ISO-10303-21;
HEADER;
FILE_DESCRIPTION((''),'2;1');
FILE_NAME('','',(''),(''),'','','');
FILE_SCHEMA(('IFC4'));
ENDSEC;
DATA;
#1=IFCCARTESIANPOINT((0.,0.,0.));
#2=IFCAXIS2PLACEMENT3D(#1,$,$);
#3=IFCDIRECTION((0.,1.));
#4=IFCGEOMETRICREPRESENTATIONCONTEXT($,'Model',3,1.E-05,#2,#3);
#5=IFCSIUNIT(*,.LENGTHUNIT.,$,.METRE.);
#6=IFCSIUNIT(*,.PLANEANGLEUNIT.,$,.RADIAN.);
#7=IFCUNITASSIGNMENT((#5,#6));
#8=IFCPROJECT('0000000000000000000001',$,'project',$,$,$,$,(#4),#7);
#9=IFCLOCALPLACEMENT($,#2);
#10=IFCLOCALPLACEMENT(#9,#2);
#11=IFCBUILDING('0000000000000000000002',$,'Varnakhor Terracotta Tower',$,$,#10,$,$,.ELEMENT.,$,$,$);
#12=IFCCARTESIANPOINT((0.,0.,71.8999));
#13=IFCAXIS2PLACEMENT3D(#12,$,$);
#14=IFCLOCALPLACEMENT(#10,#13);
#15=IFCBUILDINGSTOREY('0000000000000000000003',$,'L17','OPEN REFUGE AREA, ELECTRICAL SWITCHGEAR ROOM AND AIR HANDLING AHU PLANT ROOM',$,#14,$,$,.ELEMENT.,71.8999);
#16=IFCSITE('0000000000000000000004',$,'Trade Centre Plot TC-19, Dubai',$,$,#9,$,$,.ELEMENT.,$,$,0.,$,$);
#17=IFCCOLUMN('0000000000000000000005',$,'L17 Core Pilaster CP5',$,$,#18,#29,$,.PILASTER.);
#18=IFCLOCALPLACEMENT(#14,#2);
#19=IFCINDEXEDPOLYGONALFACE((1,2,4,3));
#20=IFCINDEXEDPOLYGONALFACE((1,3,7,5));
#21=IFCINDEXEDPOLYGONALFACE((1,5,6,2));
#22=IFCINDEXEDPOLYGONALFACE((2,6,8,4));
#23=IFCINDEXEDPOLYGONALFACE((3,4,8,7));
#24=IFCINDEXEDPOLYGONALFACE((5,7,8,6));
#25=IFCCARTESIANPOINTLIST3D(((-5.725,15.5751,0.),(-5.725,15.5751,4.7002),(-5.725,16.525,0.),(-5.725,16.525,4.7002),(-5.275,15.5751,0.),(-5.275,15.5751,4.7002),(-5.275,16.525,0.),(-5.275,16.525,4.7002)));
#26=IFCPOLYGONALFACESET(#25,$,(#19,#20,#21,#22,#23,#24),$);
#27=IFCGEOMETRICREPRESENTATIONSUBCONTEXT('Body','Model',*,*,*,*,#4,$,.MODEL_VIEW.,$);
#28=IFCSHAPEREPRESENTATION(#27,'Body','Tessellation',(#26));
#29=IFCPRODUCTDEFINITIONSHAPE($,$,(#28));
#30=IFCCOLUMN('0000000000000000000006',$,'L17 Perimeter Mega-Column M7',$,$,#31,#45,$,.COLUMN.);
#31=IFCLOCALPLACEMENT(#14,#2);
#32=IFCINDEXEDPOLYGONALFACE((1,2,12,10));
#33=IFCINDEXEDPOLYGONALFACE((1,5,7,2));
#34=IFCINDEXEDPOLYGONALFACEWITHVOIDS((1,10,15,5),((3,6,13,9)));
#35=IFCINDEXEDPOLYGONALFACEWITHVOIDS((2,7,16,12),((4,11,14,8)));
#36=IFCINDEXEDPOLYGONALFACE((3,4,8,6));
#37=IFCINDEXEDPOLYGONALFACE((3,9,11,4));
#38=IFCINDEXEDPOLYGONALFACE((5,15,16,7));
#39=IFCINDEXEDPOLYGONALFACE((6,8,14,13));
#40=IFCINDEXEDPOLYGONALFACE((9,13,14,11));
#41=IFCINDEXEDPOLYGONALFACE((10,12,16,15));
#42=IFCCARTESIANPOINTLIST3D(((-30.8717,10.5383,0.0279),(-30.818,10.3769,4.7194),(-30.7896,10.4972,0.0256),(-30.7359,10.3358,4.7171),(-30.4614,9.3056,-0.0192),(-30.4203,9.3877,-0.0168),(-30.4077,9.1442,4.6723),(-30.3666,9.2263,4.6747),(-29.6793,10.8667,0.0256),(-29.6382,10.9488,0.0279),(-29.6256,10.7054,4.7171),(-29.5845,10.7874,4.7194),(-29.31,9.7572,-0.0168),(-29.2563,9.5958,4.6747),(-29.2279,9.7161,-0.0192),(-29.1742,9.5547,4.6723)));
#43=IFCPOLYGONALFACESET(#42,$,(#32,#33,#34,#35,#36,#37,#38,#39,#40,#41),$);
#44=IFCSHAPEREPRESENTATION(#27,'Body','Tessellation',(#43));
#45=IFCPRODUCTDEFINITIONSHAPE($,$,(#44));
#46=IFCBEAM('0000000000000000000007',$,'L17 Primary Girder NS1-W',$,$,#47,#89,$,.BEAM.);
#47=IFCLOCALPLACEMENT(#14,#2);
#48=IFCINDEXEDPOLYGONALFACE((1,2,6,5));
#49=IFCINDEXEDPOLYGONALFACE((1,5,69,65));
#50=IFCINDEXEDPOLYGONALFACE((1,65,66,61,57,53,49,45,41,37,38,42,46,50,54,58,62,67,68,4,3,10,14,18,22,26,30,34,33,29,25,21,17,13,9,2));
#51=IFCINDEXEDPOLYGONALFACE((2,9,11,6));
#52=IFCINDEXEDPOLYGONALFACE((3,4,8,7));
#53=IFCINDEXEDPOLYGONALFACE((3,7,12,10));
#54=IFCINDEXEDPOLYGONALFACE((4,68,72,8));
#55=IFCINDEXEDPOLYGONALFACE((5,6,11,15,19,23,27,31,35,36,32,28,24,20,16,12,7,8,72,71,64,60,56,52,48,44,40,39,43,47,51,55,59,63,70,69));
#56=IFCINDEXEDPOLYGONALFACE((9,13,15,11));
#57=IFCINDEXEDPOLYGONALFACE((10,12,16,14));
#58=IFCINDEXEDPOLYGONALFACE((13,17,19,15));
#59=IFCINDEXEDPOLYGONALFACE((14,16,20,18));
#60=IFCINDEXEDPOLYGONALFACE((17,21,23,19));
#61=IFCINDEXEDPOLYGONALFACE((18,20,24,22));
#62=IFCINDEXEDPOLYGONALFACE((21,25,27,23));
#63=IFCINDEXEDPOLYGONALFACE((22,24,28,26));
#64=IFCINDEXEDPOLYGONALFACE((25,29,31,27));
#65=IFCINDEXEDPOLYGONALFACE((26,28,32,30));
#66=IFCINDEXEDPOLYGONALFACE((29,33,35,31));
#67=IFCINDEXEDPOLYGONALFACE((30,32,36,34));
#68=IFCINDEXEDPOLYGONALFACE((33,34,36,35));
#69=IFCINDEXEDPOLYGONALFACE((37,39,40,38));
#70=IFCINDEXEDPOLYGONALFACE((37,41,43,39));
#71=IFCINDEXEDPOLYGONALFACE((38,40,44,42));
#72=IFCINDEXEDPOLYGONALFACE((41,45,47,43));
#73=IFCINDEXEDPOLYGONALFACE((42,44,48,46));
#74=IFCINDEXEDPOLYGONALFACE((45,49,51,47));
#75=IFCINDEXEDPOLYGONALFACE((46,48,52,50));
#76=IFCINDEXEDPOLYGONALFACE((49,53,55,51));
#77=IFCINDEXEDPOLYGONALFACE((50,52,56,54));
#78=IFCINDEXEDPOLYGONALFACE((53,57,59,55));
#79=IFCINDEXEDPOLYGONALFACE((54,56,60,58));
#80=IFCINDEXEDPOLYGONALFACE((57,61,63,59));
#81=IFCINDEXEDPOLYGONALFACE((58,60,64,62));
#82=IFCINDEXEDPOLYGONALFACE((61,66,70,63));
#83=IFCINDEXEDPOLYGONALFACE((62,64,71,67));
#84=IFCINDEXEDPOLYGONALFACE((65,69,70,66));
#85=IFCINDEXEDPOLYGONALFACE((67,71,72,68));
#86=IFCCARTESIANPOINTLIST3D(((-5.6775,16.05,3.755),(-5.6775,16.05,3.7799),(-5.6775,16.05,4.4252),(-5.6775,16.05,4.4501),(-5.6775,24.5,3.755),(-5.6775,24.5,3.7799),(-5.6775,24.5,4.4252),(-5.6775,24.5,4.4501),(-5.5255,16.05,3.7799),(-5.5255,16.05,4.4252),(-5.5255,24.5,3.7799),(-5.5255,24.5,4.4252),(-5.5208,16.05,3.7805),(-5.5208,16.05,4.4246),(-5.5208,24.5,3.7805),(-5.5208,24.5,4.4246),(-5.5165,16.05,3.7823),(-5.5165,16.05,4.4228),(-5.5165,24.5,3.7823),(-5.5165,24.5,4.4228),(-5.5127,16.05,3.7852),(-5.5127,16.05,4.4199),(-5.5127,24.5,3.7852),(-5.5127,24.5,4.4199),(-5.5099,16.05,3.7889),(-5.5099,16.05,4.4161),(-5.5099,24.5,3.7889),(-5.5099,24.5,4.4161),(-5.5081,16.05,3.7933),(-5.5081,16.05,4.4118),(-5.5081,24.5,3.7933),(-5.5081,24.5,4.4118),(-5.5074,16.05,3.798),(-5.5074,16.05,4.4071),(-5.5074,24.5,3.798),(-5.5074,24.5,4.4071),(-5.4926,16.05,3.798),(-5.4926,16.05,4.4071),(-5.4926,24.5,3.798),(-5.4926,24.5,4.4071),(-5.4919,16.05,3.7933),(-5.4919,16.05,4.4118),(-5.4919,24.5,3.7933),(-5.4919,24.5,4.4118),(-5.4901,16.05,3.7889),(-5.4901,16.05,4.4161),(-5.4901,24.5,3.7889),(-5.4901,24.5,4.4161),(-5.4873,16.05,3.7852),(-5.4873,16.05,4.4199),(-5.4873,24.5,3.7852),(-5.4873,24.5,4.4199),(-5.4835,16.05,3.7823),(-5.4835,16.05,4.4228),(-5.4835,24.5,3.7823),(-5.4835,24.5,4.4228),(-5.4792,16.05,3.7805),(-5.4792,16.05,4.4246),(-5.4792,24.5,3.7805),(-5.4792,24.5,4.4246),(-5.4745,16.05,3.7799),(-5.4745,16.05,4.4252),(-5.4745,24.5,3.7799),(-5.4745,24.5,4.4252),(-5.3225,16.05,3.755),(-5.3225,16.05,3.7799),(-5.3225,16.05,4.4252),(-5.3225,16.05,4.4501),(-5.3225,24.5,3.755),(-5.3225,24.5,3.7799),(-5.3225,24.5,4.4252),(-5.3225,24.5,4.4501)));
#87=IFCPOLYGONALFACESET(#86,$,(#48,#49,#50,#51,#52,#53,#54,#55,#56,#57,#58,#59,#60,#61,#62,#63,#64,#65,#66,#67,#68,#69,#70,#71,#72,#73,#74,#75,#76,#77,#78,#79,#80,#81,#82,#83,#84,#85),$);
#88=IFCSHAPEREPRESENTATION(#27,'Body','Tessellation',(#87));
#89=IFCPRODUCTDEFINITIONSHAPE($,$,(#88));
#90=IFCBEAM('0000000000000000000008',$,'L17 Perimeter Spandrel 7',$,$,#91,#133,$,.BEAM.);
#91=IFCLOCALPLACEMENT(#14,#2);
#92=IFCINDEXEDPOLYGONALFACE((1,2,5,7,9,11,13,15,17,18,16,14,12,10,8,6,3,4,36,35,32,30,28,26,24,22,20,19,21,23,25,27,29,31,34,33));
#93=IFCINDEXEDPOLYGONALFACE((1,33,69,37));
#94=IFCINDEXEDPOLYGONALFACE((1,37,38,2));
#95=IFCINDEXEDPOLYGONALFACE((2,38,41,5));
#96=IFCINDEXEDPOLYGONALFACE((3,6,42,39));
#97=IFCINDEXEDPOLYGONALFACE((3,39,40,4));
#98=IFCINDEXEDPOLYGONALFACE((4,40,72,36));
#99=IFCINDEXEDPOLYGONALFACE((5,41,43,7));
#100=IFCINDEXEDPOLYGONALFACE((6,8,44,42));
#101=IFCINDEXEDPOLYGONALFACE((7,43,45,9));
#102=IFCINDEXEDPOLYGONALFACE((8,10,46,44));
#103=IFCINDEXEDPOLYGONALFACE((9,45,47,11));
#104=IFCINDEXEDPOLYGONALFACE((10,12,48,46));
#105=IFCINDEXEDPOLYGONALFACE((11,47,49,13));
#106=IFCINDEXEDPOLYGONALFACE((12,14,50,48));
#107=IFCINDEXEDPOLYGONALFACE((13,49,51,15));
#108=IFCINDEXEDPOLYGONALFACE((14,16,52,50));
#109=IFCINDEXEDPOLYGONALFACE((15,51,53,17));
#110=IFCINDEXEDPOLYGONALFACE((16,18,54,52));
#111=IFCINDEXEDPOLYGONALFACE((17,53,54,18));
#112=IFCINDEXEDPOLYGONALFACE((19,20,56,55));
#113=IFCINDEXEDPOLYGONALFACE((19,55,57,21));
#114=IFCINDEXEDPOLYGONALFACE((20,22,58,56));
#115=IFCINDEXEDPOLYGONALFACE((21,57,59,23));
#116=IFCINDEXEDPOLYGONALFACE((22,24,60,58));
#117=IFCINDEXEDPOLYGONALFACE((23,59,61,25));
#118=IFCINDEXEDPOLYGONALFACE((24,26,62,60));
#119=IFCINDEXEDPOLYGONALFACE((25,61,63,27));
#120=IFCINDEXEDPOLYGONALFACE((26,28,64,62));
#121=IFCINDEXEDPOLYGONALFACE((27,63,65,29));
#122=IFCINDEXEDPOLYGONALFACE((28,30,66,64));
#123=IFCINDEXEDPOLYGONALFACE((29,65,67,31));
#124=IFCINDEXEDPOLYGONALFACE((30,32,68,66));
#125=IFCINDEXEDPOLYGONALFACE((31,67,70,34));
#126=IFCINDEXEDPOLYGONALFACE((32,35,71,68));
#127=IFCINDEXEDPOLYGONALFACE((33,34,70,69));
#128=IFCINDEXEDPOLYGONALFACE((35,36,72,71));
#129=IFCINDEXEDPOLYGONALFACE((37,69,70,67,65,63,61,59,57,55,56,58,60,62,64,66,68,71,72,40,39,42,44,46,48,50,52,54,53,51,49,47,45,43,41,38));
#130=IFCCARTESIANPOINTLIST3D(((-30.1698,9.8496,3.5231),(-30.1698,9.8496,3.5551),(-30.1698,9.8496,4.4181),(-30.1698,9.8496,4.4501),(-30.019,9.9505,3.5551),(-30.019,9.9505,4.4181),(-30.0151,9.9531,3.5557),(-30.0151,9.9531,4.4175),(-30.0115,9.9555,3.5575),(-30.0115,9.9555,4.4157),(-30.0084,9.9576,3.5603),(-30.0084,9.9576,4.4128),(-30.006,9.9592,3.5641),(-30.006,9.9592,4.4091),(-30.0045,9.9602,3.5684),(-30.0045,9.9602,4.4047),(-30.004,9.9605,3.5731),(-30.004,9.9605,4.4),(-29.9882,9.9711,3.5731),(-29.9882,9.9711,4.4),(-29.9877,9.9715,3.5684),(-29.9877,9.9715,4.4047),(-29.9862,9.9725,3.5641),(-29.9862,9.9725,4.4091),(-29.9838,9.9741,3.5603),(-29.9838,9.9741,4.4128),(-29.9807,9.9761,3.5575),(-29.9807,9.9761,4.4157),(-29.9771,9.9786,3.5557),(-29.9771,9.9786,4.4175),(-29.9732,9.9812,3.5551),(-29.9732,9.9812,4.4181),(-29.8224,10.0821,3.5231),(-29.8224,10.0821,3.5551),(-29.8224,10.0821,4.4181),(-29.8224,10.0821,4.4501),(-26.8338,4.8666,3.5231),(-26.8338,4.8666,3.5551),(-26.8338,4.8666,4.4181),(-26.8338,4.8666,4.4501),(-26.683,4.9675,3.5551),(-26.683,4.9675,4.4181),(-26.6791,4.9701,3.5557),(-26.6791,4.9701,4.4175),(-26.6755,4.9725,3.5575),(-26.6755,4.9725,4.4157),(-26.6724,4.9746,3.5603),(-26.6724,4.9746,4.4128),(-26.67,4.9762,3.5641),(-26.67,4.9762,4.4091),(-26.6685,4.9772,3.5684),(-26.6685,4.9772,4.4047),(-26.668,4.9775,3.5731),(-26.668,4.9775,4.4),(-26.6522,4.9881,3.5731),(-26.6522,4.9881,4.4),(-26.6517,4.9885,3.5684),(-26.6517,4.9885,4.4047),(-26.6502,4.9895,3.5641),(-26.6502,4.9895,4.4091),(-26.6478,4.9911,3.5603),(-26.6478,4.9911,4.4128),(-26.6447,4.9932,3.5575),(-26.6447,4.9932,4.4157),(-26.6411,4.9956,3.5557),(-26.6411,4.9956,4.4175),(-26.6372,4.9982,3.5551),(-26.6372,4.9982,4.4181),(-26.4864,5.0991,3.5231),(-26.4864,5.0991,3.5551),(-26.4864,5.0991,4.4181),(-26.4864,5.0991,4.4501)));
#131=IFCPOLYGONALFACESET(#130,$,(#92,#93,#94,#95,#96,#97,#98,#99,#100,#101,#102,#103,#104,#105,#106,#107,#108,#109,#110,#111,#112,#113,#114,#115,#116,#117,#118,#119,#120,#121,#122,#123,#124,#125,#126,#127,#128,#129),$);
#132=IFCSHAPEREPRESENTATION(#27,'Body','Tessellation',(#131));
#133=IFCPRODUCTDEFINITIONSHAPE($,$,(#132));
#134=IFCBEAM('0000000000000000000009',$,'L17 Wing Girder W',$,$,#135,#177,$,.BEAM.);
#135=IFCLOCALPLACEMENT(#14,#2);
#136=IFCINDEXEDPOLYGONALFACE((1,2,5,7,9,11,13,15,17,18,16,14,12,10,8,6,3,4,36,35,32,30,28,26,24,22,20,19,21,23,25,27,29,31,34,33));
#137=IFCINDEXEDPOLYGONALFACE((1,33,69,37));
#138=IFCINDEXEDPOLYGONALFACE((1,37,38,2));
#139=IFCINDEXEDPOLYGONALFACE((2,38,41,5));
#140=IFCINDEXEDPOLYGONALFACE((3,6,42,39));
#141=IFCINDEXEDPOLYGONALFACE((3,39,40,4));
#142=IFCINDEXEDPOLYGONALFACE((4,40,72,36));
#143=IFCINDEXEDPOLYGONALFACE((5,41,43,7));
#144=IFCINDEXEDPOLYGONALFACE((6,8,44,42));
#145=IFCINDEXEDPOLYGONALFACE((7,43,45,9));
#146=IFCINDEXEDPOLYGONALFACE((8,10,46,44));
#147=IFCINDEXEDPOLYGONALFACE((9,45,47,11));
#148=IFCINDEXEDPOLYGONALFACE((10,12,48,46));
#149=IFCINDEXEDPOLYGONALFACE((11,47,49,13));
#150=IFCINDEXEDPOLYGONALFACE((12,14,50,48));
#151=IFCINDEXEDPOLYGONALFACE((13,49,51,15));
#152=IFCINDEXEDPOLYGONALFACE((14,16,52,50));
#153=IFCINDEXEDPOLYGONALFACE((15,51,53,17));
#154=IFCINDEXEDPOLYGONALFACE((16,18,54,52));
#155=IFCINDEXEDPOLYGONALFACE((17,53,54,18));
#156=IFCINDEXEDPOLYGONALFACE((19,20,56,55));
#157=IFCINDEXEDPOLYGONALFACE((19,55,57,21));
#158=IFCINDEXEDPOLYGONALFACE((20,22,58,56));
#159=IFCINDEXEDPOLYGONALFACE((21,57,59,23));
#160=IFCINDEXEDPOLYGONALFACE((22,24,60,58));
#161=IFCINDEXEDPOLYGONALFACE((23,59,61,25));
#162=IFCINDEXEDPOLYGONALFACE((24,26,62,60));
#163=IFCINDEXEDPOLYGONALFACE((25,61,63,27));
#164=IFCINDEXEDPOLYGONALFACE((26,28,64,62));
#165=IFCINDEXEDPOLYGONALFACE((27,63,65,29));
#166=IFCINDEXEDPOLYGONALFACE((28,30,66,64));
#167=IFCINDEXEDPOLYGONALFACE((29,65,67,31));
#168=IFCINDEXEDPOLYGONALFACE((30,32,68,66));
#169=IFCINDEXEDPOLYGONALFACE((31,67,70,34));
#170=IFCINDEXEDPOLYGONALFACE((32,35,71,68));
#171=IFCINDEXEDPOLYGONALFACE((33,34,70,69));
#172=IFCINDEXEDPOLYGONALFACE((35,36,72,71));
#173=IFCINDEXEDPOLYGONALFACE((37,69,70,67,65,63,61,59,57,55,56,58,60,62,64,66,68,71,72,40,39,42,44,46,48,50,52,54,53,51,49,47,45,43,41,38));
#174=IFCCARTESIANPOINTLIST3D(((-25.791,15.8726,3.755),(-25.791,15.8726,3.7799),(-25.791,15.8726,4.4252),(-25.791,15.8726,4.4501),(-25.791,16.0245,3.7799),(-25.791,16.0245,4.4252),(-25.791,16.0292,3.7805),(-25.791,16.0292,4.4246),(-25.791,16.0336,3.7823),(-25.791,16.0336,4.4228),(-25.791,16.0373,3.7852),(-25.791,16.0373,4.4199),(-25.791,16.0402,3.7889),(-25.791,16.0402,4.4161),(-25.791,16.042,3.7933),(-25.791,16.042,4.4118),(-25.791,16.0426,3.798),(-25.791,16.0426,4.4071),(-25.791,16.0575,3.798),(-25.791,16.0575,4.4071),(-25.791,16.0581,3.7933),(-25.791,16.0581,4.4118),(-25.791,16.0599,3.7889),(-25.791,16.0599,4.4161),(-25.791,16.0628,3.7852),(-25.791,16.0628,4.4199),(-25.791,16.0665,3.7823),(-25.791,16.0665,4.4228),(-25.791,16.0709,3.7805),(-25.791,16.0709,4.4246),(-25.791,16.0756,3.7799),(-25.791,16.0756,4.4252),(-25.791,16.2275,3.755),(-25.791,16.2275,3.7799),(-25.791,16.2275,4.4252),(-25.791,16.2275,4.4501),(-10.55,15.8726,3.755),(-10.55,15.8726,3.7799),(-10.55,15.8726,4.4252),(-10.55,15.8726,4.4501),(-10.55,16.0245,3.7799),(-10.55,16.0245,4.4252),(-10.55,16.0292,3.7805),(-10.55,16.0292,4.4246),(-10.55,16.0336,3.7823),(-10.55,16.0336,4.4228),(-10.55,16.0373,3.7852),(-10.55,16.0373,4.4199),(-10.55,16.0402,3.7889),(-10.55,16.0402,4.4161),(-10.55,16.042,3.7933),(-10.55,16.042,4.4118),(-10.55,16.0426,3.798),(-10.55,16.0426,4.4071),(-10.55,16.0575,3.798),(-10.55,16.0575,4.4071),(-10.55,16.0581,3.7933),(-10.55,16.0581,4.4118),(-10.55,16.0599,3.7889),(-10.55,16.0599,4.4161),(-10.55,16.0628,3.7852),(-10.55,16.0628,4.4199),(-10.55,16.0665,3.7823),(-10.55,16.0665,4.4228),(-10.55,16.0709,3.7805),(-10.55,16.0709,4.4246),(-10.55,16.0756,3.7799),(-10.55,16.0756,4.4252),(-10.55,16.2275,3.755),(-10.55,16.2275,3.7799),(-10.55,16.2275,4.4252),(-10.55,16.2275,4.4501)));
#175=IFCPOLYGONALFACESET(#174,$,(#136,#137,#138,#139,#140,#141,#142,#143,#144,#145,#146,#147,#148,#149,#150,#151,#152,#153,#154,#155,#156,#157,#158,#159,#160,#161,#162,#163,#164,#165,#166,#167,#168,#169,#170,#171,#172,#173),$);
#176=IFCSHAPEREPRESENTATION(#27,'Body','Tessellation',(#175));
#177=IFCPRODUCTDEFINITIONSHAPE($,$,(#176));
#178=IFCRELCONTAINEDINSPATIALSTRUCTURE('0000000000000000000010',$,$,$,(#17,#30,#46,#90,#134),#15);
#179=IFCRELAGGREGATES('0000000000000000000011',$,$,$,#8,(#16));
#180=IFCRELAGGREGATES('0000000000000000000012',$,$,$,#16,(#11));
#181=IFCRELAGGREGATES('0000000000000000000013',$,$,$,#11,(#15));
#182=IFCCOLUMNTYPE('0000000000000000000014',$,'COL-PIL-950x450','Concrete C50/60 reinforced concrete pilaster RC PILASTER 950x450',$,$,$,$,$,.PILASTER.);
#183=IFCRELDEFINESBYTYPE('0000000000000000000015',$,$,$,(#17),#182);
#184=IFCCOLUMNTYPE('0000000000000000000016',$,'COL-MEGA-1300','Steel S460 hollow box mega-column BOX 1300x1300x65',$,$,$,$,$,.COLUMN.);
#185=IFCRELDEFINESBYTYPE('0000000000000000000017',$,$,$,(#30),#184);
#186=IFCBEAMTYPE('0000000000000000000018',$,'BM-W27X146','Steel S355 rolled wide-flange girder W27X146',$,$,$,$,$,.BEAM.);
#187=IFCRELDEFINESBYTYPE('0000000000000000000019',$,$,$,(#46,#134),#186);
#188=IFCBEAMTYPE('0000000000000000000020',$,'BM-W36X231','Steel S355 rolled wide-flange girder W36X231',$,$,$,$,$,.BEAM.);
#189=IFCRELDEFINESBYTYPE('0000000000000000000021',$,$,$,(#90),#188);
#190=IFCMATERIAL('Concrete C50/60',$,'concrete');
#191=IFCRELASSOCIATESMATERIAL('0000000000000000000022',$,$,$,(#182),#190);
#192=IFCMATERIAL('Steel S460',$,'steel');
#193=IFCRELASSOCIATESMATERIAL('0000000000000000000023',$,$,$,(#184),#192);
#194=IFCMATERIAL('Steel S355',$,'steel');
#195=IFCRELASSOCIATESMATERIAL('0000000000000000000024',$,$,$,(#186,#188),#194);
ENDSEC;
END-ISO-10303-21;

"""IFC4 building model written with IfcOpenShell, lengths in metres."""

from ifc_helpers import new_model, si_unit, direction, frame, origin, origin_2d, place, context, subcontext, project, spatial, rectangle, hollow_rectangle, i_section, extrude, source, transform, mapped, material, material_profile, profile_set, type_object, type_shapes, element, save


model = new_model("IFC4")

# Units and contexts
model_context = context("Model", 3, precision=1e-05, world=origin(), true_north=direction((0.0, 1.0)))
body_context = subcontext(model_context, "Body", "Model", "MODEL_VIEW")
ifc_project = project(units=[si_unit("LENGTHUNIT", "METRE"), si_unit("PLANEANGLEUNIT", "RADIAN")], contexts=[model_context])

# Site, building, storey
site_placement = place(None, origin())
site = spatial("IfcSite", under=ifc_project, at=site_placement, Name="Trade Centre Plot TC-19, Dubai", CompositionType="ELEMENT", RefElevation=0.0)
building_placement = place(site_placement, origin())
building = spatial("IfcBuilding", under=site, at=building_placement, Name="Varnakhor Terracotta Tower", CompositionType="ELEMENT")
storey_placement = place(building_placement, frame((0.0, 0.0, 71.8999)))
storey = spatial("IfcBuildingStorey", under=building, at=storey_placement, Name="L17", Description="OPEN REFUGE AREA, ELECTRICAL SWITCHGEAR ROOM AND AIR HANDLING AHU PLANT ROOM", CompositionType="ELEMENT", Elevation=71.8999)

# Columns
ifc_material_1 = material(Name="Concrete C50/60", Category="concrete")
ifc_material_profile_1 = material_profile(ifc_material_1, rectangle(XDim=0.45, YDim=0.95, at=origin_2d()), Name="RC PILASTER 950x450")
ifc_profile_set_1 = profile_set([ifc_material_profile_1], Name="Concrete C50/60")
column_type_1 = type_object("IfcColumnType", Name="COL-PIL-950x450", Description="Concrete C50/60 reinforced concrete pilaster RC PILASTER 950x450", PredefinedType="PILASTER", material=ifc_profile_set_1)
shared_shape_1 = source(origin(), body_context, "Body", "SweptSolid", [
    extrude(rectangle(XDim=0.45, YDim=0.95, at=origin_2d()), origin(), (0.0, 0.0, 1.0), 4.7002),
])
column_1_placement = place(storey_placement, frame((-5.5, 16.05, 0.0), z_axis=(0.0, 0.0, 1.0), x_axis=(1.0, 0.0, 0.0)))
element("IfcColumn", 1, at=column_1_placement, inside=storey, type_object=column_type_1, Name="L17 Core Pilaster CP5", PredefinedType="PILASTER", context=body_context, shape_type="MappedRepresentation", body=[
    mapped(shared_shape_1, transform((0.0, 0.0, 0.0), scale=1.0)),
])
ifc_material_2 = material(Name="Steel S460", Category="steel")
ifc_material_profile_2 = material_profile(ifc_material_2, hollow_rectangle(XDim=1.3, YDim=1.3, WallThickness=0.0649, at=origin_2d()), Name="BOX 1300x1300x65")
ifc_profile_set_2 = profile_set([ifc_material_profile_2], Name="Steel S460")
column_type_2 = type_object("IfcColumnType", Name="COL-MEGA-1300", Description="Steel S460 hollow box mega-column BOX 1300x1300x65", PredefinedType="COLUMN", material=ifc_profile_set_2)
shared_shape_2 = source(origin(), body_context, "Body", "SweptSolid", [
    extrude(hollow_rectangle(XDim=1.3, YDim=1.3, WallThickness=0.0649, at=origin_2d()), origin(), (0.0, 0.0, 1.0), 4.6946),
])
column_2_placement = place(storey_placement, frame((-30.0498, 10.1272, 0.0044), z_axis=(0.011441, -0.034376, 0.999343), x_axis=(0.948827, 0.315797, 0.0)))
element("IfcColumn", 2, at=column_2_placement, inside=storey, type_object=column_type_2, Name="L17 Perimeter Mega-Column M7", PredefinedType="COLUMN", context=body_context, shape_type="MappedRepresentation", body=[
    mapped(shared_shape_2, transform((0.0, 0.0, 0.0), scale=1.0)),
])

# Beams
ifc_material_3 = material(Name="Steel S355", Category="steel")
ifc_material_profile_3 = material_profile(ifc_material_3, i_section(OverallWidth=0.355, OverallDepth=0.6951, WebThickness=0.0149, FlangeThickness=0.0249, FilletRadius=0.0181, at=origin_2d()), Name="W27X146")
ifc_profile_set_3 = profile_set([ifc_material_profile_3], Name="Steel S355")
beam_type_1 = type_object("IfcBeamType", Name="BM-W27X146", Description="Steel S355 rolled wide-flange girder W27X146", PredefinedType="BEAM", material=ifc_profile_set_3)
shared_shape_3 = source(origin(), body_context, "Body", "SweptSolid", [
    extrude(i_section(OverallWidth=0.355, OverallDepth=0.6951, WebThickness=0.0149, FlangeThickness=0.0249, FilletRadius=0.0181, at=origin_2d()), origin(), (0.0, 0.0, 1.0), 8.45),
])
type_shapes(beam_type_1, [shared_shape_3])
beam_1_placement = place(storey_placement, frame((-5.5, 16.05, 4.1025), z_axis=(0.0, 1.0, 0.0), x_axis=(-1.0, 0.0, 0.0)))
element("IfcBeam", 3, at=beam_1_placement, inside=storey, type_object=beam_type_1, Name="L17 Primary Girder NS1-W", PredefinedType="BEAM", context=body_context, shape_type="MappedRepresentation", body=[
    mapped(shared_shape_3, transform((0.0, 0.0, 0.0), scale=1.0)),
])
ifc_material_profile_4 = material_profile(ifc_material_3, i_section(OverallWidth=0.418, OverallDepth=0.927, WebThickness=0.019, FlangeThickness=0.032, FilletRadius=0.0181, at=origin_2d()), Name="W36X231")
ifc_profile_set_4 = profile_set([ifc_material_profile_4], Name="Steel S355")
beam_type_2 = type_object("IfcBeamType", Name="BM-W36X231", Description="Steel S355 rolled wide-flange girder W36X231", PredefinedType="BEAM", material=ifc_profile_set_4)
shared_shape_4 = source(origin(), body_context, "Body", "SweptSolid", [
    extrude(i_section(OverallWidth=0.418, OverallDepth=0.927, WebThickness=0.019, FlangeThickness=0.032, FilletRadius=0.0181, at=origin_2d()), origin(), (0.0, 0.0, 1.0), 5.9966),
])
beam_2_placement = place(storey_placement, frame((-29.9961, 9.9658, 3.9866), z_axis=(0.556315, -0.830971, 0.0), x_axis=(0.830971, 0.556315, 0.0)))
element("IfcBeam", 4, at=beam_2_placement, inside=storey, type_object=beam_type_2, Name="L17 Perimeter Spandrel 7", PredefinedType="BEAM", context=body_context, shape_type="MappedRepresentation", body=[
    mapped(shared_shape_4, transform((0.0, 0.0, 0.0), scale=1.0)),
])
shared_shape_5 = source(origin(), body_context, "Body", "SweptSolid", [
    extrude(i_section(OverallWidth=0.355, OverallDepth=0.6951, WebThickness=0.0149, FlangeThickness=0.0249, FilletRadius=0.0181, at=origin_2d()), origin(), (0.0, 0.0, 1.0), 15.241),
])
beam_3_placement = place(storey_placement, frame((-25.791, 16.05, 4.1025), z_axis=(1.0, 0.0, 0.0), x_axis=(0.0, 1.0, 0.0)))
element("IfcBeam", 5, at=beam_3_placement, inside=storey, type_object=beam_type_1, Name="L17 Wing Girder W", PredefinedType="BEAM", context=body_context, shape_type="MappedRepresentation", body=[
    mapped(shared_shape_5, transform((0.0, 0.0, 0.0), scale=1.0)),
])

save(model, "model.ifc")
